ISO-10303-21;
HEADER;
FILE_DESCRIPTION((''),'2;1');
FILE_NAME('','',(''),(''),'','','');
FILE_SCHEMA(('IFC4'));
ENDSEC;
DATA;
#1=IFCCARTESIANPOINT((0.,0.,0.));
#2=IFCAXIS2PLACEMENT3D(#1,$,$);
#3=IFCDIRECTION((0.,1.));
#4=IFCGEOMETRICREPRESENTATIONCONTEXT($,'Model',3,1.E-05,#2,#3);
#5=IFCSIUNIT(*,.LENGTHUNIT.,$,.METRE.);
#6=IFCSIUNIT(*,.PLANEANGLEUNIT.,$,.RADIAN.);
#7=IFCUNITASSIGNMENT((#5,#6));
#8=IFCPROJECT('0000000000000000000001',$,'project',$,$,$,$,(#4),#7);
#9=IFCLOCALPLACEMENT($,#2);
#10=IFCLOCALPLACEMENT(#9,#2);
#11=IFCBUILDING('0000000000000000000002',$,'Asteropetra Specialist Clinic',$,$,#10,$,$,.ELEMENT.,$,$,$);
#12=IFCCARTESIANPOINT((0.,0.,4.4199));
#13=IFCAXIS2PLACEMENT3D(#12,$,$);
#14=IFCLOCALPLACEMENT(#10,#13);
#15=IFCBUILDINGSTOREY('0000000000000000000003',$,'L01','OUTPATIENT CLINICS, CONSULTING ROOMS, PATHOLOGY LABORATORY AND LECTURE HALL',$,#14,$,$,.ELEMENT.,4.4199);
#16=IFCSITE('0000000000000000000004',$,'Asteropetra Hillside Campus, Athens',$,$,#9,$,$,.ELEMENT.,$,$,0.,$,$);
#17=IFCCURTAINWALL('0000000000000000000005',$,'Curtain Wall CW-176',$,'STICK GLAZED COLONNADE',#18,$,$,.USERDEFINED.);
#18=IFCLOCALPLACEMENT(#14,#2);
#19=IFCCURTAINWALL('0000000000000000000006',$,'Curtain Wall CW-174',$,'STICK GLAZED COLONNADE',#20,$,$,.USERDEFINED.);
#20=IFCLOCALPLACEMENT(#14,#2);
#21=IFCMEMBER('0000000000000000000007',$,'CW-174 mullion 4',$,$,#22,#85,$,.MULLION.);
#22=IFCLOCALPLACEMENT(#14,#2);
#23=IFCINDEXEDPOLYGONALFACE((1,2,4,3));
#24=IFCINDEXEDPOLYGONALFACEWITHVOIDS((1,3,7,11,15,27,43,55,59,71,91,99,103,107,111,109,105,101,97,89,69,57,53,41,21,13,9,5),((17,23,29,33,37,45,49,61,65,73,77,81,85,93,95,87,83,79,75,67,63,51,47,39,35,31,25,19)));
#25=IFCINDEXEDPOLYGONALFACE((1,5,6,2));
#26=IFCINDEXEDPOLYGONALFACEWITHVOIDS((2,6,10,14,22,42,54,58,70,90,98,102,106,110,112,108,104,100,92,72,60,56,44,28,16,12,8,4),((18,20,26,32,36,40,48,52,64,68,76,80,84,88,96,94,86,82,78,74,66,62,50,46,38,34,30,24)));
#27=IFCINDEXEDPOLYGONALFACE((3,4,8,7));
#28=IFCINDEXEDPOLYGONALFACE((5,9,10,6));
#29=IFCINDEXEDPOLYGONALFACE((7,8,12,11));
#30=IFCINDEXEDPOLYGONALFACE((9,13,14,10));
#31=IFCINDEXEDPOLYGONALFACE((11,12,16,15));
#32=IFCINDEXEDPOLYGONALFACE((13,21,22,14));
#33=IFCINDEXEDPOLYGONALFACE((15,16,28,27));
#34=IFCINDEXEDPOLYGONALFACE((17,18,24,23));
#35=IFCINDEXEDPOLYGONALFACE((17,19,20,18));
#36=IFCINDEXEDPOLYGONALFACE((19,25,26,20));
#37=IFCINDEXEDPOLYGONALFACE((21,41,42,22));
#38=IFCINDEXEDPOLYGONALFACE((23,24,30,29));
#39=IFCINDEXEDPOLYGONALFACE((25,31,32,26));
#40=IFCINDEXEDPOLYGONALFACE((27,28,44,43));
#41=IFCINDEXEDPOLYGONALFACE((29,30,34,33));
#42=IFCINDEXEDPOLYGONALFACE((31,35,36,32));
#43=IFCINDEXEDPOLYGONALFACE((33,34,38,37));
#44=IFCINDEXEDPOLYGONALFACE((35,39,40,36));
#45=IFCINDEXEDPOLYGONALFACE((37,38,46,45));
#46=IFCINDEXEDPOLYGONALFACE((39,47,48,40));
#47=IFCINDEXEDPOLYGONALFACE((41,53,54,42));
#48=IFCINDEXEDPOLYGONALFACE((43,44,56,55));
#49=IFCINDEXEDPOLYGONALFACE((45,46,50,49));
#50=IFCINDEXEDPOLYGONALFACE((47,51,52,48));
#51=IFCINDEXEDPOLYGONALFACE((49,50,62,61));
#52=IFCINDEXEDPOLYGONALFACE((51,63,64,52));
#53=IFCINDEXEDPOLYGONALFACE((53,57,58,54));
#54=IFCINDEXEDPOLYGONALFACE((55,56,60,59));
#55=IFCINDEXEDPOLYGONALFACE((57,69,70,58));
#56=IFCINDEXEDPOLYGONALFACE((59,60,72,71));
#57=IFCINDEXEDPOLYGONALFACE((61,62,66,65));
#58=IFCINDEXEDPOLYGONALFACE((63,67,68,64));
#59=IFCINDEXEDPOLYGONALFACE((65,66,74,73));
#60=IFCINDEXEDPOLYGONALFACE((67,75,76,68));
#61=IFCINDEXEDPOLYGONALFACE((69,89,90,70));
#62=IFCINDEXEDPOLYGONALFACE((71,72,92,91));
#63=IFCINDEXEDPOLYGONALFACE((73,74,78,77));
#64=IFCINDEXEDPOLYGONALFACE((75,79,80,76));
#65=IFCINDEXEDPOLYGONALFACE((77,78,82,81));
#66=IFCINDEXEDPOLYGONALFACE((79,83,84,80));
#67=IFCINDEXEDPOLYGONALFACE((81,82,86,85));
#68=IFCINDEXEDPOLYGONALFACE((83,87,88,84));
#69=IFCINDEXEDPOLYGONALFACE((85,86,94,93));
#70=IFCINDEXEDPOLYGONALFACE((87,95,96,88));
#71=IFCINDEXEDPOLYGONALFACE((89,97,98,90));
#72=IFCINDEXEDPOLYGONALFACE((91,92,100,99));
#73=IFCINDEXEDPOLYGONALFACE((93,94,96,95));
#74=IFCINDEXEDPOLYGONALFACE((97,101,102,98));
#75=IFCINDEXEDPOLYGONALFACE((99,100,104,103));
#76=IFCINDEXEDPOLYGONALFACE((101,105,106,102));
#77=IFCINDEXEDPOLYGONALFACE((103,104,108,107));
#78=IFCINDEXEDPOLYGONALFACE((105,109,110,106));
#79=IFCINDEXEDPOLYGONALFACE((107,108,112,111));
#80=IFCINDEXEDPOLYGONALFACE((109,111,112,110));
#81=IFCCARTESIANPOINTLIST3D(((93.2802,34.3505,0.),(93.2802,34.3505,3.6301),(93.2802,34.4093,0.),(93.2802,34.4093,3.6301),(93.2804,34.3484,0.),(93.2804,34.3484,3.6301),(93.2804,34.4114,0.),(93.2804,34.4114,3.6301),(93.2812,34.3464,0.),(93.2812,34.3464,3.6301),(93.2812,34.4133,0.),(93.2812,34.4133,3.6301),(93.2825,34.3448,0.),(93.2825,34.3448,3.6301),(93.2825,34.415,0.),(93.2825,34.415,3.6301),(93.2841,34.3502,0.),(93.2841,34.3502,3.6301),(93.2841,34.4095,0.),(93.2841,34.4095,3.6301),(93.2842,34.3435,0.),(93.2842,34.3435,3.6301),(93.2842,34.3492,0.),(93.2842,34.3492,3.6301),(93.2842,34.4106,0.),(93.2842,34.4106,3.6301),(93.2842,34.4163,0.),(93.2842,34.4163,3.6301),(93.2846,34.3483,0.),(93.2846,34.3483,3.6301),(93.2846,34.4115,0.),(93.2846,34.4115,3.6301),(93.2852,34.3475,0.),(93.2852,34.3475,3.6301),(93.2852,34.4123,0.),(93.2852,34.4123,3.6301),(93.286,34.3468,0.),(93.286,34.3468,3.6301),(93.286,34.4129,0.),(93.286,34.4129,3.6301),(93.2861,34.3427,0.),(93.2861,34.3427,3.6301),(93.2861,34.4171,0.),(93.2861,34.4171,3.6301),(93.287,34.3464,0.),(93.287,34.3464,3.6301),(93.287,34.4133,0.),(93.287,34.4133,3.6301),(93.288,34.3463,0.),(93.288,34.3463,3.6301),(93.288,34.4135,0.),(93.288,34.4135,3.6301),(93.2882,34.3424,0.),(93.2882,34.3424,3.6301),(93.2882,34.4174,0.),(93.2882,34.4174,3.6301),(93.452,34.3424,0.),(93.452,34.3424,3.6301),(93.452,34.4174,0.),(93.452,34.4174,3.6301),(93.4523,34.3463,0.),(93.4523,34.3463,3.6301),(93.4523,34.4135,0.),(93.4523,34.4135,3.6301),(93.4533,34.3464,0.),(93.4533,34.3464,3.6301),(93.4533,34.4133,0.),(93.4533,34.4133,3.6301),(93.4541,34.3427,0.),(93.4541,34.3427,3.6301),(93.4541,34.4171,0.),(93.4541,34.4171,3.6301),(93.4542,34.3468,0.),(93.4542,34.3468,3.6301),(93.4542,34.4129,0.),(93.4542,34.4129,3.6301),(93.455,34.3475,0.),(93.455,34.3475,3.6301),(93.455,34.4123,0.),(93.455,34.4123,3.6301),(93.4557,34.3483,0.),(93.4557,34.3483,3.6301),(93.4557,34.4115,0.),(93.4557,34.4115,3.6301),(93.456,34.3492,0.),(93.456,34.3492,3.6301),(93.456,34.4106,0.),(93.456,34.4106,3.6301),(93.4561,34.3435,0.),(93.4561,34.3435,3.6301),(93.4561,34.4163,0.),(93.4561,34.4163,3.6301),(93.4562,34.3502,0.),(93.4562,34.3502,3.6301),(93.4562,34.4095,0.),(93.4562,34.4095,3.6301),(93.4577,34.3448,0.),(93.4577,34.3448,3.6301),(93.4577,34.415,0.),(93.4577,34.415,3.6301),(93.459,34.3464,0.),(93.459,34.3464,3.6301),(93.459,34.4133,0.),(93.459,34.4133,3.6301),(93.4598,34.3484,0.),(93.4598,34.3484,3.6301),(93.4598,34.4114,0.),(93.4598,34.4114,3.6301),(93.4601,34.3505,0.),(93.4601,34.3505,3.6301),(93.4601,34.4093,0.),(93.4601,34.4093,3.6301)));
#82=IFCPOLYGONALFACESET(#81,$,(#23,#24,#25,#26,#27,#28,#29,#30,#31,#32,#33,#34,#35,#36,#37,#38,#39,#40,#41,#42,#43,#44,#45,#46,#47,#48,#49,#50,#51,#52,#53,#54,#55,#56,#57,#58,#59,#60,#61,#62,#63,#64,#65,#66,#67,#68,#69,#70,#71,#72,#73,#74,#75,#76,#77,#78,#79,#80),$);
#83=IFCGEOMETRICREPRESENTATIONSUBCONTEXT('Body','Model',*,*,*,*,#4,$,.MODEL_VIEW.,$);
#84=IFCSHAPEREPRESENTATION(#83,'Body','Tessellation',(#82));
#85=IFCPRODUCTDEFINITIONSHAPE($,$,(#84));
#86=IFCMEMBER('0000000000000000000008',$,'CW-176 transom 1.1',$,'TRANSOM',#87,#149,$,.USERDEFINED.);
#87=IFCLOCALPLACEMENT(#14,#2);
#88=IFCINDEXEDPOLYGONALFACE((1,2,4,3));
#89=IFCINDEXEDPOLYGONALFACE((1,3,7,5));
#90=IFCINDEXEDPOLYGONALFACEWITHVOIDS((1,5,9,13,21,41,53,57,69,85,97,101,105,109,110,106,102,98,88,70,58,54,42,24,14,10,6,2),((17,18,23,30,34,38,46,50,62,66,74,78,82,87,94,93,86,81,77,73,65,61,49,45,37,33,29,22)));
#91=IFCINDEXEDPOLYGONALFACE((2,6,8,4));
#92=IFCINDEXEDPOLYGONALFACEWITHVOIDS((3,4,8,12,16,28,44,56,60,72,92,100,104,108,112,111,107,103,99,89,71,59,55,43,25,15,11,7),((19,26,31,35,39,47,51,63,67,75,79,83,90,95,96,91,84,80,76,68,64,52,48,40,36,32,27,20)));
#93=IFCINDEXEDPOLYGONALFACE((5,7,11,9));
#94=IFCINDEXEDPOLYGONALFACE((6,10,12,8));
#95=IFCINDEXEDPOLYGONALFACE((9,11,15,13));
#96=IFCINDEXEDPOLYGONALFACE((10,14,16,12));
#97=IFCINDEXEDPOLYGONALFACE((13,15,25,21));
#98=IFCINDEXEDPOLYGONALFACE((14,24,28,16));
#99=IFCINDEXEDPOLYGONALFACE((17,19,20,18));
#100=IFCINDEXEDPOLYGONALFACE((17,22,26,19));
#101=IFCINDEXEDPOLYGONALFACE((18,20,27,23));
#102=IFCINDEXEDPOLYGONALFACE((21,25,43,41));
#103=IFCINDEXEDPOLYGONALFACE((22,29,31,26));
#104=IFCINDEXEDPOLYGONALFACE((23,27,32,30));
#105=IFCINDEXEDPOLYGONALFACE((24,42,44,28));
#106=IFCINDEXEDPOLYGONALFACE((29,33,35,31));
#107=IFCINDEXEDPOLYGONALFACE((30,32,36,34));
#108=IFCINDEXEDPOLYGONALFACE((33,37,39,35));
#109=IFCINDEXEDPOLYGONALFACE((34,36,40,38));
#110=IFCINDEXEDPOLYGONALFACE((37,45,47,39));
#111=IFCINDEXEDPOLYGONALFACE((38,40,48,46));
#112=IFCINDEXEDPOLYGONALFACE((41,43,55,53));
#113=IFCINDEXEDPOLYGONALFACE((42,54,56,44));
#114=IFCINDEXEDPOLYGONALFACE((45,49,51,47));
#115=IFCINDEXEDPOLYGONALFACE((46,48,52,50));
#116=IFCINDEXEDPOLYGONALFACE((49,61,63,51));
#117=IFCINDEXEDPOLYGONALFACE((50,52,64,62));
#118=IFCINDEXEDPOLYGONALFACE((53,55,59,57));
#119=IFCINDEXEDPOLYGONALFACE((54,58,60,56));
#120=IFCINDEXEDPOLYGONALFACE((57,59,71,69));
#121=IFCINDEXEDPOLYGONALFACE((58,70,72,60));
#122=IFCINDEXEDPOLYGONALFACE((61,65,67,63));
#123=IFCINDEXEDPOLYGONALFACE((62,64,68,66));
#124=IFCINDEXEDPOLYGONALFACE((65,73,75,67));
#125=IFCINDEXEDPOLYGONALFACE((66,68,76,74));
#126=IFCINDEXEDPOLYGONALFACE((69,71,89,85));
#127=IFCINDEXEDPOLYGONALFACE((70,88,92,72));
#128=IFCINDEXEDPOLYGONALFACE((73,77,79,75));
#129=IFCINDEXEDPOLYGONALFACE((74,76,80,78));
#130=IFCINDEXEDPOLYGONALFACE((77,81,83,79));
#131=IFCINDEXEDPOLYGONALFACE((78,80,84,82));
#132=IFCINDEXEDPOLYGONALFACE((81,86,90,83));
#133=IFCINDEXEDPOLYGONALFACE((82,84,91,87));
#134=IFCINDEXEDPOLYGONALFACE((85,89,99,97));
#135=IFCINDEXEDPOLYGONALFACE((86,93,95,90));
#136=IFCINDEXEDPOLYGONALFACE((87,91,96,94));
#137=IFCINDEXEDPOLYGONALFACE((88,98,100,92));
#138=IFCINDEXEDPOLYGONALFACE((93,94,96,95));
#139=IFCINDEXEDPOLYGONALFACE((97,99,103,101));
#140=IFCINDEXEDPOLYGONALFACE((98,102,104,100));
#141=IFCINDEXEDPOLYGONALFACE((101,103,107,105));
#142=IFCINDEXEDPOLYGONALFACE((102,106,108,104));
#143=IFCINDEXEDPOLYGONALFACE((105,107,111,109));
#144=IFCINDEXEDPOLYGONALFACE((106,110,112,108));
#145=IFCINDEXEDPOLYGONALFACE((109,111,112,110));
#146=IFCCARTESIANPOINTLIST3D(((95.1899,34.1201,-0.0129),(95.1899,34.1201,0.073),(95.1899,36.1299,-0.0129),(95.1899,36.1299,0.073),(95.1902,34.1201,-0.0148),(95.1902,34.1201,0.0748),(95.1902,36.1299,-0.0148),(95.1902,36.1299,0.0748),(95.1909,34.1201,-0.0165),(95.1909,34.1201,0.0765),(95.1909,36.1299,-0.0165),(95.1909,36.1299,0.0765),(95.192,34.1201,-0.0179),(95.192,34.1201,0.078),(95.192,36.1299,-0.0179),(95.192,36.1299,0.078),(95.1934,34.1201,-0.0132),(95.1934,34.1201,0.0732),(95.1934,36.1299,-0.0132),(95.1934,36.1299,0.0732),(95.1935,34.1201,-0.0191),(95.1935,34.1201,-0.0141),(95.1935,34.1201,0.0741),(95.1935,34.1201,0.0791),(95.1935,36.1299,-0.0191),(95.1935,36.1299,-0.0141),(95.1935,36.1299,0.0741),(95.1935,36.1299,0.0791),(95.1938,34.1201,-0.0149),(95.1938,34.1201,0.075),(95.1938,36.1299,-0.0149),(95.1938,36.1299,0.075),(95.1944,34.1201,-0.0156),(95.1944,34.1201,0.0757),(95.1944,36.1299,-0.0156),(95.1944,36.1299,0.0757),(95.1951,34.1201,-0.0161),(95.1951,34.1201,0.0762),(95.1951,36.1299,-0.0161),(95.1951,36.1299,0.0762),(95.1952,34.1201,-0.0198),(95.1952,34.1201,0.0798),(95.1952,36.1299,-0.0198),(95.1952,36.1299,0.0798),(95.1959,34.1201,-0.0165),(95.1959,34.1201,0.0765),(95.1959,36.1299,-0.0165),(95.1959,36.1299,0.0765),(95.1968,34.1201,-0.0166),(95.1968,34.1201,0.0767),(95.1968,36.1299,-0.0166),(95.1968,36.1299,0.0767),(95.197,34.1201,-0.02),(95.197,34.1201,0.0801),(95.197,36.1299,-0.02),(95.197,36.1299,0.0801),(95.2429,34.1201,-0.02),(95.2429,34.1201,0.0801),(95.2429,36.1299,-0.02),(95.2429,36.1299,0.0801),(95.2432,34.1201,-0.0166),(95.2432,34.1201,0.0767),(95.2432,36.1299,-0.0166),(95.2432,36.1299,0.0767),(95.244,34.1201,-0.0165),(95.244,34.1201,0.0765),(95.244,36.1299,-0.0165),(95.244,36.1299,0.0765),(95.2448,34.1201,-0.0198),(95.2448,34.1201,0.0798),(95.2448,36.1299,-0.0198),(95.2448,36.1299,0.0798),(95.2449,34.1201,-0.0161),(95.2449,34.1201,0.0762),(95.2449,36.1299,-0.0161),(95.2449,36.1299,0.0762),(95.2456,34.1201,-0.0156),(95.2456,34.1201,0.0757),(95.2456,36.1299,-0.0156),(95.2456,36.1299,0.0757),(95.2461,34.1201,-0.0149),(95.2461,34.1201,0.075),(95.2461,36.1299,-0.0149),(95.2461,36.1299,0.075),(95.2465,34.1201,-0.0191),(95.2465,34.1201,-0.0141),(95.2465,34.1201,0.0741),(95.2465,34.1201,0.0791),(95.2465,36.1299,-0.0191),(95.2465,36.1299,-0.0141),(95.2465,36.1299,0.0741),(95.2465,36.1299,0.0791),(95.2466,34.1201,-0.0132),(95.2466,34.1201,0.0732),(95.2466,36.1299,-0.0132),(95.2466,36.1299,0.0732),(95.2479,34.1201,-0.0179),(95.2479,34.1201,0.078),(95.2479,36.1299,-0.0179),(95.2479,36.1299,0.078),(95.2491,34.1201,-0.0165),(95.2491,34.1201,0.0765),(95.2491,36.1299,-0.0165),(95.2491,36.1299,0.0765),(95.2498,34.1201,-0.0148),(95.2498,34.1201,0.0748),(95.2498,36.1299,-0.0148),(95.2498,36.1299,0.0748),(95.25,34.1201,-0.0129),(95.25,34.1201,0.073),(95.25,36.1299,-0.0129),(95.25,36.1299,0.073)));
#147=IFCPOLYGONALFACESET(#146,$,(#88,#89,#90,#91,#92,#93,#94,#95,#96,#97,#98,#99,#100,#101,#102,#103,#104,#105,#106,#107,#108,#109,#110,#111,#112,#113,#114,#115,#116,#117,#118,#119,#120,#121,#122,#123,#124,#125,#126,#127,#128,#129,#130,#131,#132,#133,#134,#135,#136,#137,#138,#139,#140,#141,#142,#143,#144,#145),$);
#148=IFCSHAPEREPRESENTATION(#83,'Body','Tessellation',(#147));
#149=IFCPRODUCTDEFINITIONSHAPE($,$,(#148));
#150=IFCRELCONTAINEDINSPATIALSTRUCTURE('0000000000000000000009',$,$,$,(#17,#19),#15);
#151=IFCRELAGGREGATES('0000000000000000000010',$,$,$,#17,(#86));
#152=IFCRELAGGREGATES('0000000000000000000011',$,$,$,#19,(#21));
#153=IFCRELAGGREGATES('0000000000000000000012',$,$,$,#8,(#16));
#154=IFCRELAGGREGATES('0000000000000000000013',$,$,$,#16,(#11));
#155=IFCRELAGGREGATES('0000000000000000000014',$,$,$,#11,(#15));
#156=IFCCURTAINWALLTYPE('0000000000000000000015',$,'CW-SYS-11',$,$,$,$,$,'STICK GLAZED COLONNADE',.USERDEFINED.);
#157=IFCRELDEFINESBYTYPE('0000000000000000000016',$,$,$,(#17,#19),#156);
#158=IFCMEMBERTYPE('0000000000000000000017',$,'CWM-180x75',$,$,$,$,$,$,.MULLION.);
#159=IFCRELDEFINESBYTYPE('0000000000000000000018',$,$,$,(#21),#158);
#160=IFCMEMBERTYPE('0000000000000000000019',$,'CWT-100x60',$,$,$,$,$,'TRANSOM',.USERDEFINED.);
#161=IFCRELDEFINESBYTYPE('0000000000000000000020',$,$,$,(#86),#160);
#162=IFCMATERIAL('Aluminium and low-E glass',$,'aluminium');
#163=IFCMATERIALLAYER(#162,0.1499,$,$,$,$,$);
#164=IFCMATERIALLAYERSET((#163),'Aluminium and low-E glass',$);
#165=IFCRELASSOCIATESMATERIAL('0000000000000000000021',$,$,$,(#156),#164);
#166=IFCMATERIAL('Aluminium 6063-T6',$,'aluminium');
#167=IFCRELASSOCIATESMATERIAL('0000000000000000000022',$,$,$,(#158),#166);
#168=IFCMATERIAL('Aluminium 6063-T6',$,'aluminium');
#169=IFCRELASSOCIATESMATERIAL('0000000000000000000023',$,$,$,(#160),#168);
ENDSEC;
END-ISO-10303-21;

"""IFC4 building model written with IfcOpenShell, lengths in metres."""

from ifc_helpers import new_model, si_unit, direction, frame, origin, origin_2d, place, context, subcontext, project, spatial, hollow_rectangle, extrude, material, layer, layer_set, material_profile, profile_set, type_object, element, aggregate, save


model = new_model("IFC4")

# Units and contexts
model_context = context("Model", 3, precision=1e-05, world=origin(), true_north=direction((0.0, 1.0)))
body_context = subcontext(model_context, "Body", "Model", "MODEL_VIEW")
ifc_project = project(units=[si_unit("LENGTHUNIT", "METRE"), si_unit("PLANEANGLEUNIT", "RADIAN")], contexts=[model_context])

# Site, building, storey
site_placement = place(None, origin())
site = spatial("IfcSite", under=ifc_project, at=site_placement, Name="Asteropetra Hillside Campus, Athens", CompositionType="ELEMENT", RefElevation=0.0)
building_placement = place(site_placement, origin())
building = spatial("IfcBuilding", under=site, at=building_placement, Name="Asteropetra Specialist Clinic", CompositionType="ELEMENT")
storey_placement = place(building_placement, frame((0.0, 0.0, 4.4199)))
storey = spatial("IfcBuildingStorey", under=building, at=storey_placement, Name="L01", Description="OUTPATIENT CLINICS, CONSULTING ROOMS, PATHOLOGY LABORATORY AND LECTURE HALL", CompositionType="ELEMENT", Elevation=4.4199)

# Curtain wall
ifc_material_1 = material(Name="Aluminium and low-E glass", Category="aluminium")
ifc_layer_1 = layer(ifc_material_1, 0.1499)
ifc_layer_set_1 = layer_set([ifc_layer_1], Name="Aluminium and low-E glass")
curtain_wall_type = type_object("IfcCurtainWallType", Name="CW-SYS-11", ElementType="STICK GLAZED COLONNADE", PredefinedType="USERDEFINED", material=ifc_layer_set_1)
curtain_wall_1_placement = place(storey_placement, origin())
curtain_wall_1 = element("IfcCurtainWall", 1, at=curtain_wall_1_placement, inside=storey, type_object=curtain_wall_type, Name="Curtain Wall CW-176", ObjectType="STICK GLAZED COLONNADE", PredefinedType="USERDEFINED")

# Curtain wall, member
curtain_wall_2_placement = place(storey_placement, origin())
curtain_wall_2 = element("IfcCurtainWall", 2, at=curtain_wall_2_placement, inside=storey, type_object=curtain_wall_type, Name="Curtain Wall CW-174", ObjectType="STICK GLAZED COLONNADE", PredefinedType="USERDEFINED")
ifc_material_2 = material(Name="Aluminium 6063-T6", Category="aluminium")
ifc_material_profile_1 = material_profile(ifc_material_2, hollow_rectangle(XDim=0.075, YDim=0.1799, WallThickness=0.0039, InnerFilletRadius=0.0039, OuterFilletRadius=0.0081, at=origin_2d()), Name="MUL 180x75x4.0")
ifc_profile_set_1 = profile_set([ifc_material_profile_1], Name="Aluminium 6063-T6")
member_type_1 = type_object("IfcMemberType", Name="CWM-180x75", PredefinedType="MULLION", material=ifc_profile_set_1)
member_1_placement = place(storey_placement, frame((93.3701, 34.3799, 0.0), z_axis=(0.0, 0.0, 1.0), x_axis=(0.0, 1.0, 0.0)))
member_1 = element("IfcMember", 3, at=member_1_placement, type_object=member_type_1, Name="CW-174 mullion 4", PredefinedType="MULLION", context=body_context, shape_type="SweptSolid", body=[
    extrude(hollow_rectangle(XDim=0.075, YDim=0.1799, WallThickness=0.0039, InnerFilletRadius=0.0039, OuterFilletRadius=0.0081, at=origin_2d()), origin(), (0.0, 0.0, 1.0), 3.6301),
])

# Member
ifc_material_3 = material(Name="Aluminium 6063-T6", Category="aluminium")
ifc_material_profile_2 = material_profile(ifc_material_3, hollow_rectangle(XDim=0.0601, YDim=0.1001, WallThickness=0.0034, InnerFilletRadius=0.0034, OuterFilletRadius=0.0071, at=origin_2d()), Name="TRN 100x60x3.5")
ifc_profile_set_2 = profile_set([ifc_material_profile_2], Name="Aluminium 6063-T6")
member_type_2 = type_object("IfcMemberType", Name="CWT-100x60", ElementType="TRANSOM", PredefinedType="USERDEFINED", material=ifc_profile_set_2)
member_2_placement = place(storey_placement, frame((95.22, 34.1201, 0.03), z_axis=(0.0, 1.0, 0.0), x_axis=(-1.0, 0.0, 0.0)))
member_2 = element("IfcMember", 4, at=member_2_placement, type_object=member_type_2, Name="CW-176 transom 1.1", ObjectType="TRANSOM", PredefinedType="USERDEFINED", context=body_context, shape_type="SweptSolid", body=[
    extrude(hollow_rectangle(XDim=0.0601, YDim=0.1001, WallThickness=0.0034, InnerFilletRadius=0.0034, OuterFilletRadius=0.0071, at=origin_2d()), origin(), (0.0, 0.0, 1.0), 2.0098),
])
aggregate(curtain_wall_1, [member_2])

aggregate(curtain_wall_2, [member_1])

save(model, "model.ifc")
